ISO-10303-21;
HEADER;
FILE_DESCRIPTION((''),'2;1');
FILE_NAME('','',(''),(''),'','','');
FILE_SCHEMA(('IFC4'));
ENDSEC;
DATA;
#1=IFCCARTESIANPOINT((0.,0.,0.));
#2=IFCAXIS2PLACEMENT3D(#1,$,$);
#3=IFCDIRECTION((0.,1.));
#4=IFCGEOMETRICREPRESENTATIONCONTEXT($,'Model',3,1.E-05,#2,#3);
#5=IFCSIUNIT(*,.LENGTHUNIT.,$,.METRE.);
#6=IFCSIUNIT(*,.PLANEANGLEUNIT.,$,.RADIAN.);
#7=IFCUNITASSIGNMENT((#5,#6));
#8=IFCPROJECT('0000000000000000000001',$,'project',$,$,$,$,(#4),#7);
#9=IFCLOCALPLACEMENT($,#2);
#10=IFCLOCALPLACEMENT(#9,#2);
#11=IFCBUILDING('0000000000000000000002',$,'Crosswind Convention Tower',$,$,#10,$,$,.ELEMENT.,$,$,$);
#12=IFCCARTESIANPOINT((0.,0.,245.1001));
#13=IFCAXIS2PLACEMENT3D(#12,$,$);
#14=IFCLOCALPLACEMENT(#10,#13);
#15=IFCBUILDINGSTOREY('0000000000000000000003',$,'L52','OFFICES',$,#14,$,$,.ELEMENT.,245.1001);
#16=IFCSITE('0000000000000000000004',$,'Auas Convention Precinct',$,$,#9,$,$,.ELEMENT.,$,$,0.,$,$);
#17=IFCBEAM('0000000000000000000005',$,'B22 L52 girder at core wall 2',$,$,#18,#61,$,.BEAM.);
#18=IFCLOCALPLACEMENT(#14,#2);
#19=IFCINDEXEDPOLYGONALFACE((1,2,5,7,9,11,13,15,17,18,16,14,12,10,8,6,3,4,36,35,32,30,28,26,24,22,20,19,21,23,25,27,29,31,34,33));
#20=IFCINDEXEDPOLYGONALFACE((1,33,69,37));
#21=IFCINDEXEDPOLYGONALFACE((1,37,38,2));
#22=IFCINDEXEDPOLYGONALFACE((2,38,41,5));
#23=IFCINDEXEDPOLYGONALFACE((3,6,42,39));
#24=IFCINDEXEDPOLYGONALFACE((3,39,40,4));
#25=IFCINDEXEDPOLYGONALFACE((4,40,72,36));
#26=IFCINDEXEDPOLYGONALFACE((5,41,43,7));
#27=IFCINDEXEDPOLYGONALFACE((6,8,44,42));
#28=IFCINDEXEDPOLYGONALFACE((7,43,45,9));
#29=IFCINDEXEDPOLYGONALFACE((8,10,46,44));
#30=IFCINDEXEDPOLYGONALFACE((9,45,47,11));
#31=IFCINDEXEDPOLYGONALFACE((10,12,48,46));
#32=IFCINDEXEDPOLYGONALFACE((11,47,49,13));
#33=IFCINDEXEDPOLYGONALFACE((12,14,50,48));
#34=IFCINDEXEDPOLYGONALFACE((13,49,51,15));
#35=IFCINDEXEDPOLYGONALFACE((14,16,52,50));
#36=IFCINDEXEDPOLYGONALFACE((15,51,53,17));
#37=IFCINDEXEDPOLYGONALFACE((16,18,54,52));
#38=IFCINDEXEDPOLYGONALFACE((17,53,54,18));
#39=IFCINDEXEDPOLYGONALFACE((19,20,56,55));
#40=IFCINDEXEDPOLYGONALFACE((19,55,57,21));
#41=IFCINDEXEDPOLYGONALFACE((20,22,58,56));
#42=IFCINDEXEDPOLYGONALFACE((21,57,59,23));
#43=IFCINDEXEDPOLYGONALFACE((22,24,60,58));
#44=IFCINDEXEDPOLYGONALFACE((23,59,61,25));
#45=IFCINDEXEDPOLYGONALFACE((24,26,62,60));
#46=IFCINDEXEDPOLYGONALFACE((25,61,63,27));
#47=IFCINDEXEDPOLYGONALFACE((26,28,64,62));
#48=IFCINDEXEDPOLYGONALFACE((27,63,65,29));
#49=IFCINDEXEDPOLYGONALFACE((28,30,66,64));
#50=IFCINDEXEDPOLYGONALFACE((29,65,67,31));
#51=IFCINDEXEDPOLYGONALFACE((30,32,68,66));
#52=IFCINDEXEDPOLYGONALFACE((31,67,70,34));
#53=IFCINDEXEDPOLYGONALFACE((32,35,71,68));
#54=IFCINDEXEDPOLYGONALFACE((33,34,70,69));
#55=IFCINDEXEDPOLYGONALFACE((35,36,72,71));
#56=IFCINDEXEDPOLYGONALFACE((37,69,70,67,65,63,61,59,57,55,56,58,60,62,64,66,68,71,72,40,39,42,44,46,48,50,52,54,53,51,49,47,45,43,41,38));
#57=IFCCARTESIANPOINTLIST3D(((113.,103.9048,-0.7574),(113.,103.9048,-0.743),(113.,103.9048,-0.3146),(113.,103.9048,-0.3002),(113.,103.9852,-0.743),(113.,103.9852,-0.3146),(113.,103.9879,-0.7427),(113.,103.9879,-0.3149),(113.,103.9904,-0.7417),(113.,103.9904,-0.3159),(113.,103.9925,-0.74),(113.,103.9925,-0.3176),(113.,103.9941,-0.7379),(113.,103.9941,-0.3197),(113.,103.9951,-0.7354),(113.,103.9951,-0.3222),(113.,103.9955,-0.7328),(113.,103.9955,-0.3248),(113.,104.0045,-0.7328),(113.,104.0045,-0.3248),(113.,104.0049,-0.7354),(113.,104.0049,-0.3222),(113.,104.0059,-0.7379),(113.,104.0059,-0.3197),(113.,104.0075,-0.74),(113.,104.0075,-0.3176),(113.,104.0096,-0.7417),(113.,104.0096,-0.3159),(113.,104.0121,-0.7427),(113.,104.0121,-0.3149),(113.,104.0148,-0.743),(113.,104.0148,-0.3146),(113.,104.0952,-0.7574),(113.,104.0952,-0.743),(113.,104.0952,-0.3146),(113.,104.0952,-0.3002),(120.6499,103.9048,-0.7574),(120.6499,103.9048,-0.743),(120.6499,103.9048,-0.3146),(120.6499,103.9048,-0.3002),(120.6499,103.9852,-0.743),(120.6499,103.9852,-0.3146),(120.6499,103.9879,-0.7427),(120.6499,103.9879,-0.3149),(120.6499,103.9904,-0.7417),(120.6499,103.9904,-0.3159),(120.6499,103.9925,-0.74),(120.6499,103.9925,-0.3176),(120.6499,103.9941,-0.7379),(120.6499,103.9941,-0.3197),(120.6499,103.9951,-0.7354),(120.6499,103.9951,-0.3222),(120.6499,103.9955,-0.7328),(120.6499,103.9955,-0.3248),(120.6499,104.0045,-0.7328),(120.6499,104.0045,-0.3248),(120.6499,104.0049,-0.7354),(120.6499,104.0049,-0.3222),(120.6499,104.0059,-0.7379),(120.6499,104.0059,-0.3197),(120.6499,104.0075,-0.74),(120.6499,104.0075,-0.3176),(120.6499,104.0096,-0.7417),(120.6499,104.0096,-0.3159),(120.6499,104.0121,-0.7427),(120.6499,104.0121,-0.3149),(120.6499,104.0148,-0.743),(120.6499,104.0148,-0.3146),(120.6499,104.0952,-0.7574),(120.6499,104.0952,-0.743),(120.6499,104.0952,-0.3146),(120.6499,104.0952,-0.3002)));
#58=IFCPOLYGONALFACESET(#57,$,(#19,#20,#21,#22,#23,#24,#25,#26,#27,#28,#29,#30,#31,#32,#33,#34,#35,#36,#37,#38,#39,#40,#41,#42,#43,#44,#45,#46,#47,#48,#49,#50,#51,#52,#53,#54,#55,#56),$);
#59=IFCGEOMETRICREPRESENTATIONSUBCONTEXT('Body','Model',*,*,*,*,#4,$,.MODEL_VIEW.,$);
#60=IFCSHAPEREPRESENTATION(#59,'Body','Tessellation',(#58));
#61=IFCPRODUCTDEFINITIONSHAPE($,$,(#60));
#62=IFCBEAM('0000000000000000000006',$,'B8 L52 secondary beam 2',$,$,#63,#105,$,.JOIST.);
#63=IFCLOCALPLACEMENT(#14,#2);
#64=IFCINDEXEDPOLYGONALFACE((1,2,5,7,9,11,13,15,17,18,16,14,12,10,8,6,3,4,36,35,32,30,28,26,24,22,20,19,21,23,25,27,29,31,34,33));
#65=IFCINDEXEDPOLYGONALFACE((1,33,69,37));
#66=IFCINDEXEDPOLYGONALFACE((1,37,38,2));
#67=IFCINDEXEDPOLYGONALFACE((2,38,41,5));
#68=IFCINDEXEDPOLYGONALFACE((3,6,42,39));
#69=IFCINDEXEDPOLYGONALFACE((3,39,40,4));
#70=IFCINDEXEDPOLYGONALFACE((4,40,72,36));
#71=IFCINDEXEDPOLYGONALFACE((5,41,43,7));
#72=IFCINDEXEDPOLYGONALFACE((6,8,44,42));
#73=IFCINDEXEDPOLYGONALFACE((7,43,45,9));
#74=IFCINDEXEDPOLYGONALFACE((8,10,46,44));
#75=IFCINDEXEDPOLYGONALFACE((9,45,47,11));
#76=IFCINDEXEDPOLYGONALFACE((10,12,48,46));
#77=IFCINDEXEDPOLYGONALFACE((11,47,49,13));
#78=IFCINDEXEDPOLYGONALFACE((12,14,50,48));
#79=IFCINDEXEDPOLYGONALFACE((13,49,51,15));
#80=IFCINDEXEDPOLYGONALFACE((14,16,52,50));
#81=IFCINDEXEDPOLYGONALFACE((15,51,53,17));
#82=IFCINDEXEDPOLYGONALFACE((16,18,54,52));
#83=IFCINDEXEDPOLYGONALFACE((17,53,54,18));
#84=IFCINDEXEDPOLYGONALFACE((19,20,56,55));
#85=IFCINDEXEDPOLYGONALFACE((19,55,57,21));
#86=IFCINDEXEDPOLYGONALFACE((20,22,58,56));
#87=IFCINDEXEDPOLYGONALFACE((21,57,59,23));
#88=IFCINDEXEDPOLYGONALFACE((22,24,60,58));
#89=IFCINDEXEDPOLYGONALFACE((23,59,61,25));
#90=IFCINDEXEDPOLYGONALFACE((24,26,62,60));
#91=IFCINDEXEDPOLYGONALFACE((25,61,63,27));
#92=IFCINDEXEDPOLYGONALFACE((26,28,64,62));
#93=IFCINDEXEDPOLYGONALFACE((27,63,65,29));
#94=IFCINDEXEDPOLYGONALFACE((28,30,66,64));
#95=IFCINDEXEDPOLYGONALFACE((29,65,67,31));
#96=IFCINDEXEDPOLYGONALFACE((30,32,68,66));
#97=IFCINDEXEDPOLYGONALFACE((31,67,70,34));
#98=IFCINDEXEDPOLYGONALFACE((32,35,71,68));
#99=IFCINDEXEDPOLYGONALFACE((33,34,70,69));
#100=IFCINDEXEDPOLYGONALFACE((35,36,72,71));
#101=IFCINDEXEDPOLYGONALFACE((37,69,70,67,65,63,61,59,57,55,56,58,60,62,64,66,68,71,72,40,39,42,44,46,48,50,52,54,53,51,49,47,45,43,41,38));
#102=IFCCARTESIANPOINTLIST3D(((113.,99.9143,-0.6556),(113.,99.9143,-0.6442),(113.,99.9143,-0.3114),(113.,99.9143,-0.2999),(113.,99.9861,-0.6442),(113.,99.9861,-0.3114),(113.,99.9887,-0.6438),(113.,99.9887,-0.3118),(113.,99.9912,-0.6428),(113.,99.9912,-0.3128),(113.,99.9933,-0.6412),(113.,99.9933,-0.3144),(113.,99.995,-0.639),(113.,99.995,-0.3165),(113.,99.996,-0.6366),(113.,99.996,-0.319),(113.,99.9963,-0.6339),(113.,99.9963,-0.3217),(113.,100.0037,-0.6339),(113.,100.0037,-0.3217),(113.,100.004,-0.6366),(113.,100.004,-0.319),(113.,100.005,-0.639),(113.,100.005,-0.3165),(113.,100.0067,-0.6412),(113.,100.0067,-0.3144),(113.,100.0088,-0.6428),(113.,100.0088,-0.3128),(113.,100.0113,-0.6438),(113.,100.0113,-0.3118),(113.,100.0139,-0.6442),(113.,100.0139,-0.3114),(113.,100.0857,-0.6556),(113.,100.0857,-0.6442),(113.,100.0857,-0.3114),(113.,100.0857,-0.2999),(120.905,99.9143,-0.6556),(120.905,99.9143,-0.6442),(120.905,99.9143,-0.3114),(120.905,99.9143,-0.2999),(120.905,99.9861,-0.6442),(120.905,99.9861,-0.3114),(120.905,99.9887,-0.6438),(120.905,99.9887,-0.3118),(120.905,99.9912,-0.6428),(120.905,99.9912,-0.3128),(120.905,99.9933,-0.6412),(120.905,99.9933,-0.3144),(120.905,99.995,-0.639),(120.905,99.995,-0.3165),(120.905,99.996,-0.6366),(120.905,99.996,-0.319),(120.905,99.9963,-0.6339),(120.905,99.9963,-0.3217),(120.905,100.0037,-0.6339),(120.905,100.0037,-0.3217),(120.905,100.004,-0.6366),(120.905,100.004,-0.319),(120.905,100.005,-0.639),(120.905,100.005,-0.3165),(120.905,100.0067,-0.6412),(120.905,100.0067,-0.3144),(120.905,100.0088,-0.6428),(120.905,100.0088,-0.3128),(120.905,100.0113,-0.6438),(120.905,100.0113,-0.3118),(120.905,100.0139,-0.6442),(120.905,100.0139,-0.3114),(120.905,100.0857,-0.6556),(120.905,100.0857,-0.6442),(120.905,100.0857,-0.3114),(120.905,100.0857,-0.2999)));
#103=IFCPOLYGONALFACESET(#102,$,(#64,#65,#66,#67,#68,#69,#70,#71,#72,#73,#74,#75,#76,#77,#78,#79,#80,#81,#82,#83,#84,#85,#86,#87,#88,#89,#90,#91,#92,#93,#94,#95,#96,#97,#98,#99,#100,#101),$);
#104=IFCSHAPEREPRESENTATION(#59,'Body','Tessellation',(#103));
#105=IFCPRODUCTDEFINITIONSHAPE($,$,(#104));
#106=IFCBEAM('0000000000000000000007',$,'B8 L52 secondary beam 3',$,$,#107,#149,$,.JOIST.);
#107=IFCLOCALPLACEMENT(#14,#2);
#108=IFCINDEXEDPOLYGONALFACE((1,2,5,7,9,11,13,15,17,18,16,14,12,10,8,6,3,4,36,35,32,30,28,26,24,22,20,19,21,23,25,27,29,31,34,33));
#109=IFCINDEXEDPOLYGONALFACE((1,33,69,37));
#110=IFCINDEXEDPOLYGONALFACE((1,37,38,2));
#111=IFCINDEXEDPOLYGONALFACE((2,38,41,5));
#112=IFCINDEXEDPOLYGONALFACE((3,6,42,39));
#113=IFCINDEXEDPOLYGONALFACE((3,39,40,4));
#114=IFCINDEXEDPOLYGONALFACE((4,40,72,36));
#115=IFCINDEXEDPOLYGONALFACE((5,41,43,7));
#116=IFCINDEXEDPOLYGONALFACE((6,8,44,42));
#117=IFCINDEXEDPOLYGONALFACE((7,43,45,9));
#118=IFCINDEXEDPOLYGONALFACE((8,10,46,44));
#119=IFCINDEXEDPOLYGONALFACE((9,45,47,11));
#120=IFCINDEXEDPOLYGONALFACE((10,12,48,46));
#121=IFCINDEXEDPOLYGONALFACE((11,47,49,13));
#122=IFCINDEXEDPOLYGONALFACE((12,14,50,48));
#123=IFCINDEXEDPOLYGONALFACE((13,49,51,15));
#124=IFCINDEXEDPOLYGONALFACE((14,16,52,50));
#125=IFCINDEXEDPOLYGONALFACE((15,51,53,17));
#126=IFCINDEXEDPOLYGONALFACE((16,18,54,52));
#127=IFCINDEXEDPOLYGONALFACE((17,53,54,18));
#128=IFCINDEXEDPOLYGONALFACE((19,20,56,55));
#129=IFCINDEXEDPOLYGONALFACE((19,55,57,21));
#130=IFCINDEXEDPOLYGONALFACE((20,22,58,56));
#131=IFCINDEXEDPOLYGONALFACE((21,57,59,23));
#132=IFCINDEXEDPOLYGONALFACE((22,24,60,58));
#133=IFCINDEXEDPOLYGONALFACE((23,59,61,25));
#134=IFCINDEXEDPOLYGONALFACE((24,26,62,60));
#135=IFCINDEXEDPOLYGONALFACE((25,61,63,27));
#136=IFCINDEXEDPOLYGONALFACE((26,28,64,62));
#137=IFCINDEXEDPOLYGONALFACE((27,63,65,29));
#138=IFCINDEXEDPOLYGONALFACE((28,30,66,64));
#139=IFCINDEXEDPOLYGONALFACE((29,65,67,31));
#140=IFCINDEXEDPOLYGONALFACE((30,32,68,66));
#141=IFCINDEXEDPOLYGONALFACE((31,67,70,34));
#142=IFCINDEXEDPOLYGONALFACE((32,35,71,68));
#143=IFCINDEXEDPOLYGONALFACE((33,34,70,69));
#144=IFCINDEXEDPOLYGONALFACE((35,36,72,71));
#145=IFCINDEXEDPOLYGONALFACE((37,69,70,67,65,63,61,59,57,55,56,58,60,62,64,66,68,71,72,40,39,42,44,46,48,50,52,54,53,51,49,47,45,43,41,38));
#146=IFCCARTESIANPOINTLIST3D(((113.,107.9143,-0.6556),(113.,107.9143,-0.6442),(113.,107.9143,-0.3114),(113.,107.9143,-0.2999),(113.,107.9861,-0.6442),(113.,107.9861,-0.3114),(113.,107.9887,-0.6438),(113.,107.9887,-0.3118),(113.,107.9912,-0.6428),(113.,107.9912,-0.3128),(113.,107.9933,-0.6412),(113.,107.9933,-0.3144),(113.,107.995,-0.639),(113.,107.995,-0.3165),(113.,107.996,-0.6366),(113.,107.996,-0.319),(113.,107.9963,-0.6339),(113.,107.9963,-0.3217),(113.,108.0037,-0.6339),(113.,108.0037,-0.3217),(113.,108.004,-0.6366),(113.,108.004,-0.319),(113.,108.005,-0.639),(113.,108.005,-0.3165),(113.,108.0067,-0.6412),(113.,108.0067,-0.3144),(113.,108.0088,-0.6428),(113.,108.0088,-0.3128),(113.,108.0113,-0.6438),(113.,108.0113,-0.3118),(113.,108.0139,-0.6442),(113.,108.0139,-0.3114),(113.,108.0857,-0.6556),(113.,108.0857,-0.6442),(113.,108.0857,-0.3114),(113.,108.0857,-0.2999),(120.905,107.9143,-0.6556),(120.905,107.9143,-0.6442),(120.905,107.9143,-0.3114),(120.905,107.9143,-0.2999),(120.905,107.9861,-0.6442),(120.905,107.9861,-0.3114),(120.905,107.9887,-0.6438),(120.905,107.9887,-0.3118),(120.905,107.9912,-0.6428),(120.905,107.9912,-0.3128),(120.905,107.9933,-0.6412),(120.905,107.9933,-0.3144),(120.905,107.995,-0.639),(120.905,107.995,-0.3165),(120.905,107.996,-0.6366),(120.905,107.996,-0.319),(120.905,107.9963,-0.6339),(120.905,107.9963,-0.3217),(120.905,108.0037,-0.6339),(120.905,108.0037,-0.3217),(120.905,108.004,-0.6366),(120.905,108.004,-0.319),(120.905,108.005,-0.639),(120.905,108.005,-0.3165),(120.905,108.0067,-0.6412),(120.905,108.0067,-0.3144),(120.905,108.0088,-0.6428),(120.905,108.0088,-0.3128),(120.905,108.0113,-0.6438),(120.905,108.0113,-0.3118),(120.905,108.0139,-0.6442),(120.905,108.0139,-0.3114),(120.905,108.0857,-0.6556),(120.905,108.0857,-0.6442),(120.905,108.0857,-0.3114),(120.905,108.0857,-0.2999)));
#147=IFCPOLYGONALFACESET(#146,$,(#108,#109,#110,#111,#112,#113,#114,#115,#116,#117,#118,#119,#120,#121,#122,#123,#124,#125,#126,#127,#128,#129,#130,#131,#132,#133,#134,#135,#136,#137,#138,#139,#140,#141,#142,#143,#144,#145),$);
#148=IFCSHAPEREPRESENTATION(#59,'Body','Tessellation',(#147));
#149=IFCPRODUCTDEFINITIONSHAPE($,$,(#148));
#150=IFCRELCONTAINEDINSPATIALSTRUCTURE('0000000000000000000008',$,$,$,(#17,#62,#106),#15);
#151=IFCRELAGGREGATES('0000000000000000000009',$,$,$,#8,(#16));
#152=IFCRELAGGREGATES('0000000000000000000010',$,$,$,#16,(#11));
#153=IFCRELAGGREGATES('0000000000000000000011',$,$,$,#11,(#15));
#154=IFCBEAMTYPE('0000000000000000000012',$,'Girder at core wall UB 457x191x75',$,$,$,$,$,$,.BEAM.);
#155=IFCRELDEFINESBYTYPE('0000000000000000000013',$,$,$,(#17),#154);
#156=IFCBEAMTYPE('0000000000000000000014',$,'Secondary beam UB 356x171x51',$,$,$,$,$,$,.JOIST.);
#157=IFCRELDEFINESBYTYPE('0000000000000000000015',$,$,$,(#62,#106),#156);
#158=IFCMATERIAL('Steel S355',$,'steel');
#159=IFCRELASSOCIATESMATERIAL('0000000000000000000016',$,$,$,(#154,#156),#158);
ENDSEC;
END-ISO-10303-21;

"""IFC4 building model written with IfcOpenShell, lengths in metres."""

from ifc_helpers import new_model, si_unit, direction, frame, origin, origin_2d, place, context, subcontext, project, spatial, i_section, extrude, material, material_profile, profile_set, type_object, element, save


model = new_model("IFC4")

# Units and contexts
model_context = context("Model", 3, precision=1e-05, world=origin(), true_north=direction((0.0, 1.0)))
body_context = subcontext(model_context, "Body", "Model", "MODEL_VIEW")
ifc_project = project(units=[si_unit("LENGTHUNIT", "METRE"), si_unit("PLANEANGLEUNIT", "RADIAN")], contexts=[model_context])

# Site, building, storey
site_placement = place(None, origin())
site = spatial("IfcSite", under=ifc_project, at=site_placement, Name="Auas Convention Precinct", CompositionType="ELEMENT", RefElevation=0.0)
building_placement = place(site_placement, origin())
building = spatial("IfcBuilding", under=site, at=building_placement, Name="Crosswind Convention Tower", CompositionType="ELEMENT")
storey_placement = place(building_placement, frame((0.0, 0.0, 245.1001)))
storey = spatial("IfcBuildingStorey", under=building, at=storey_placement, Name="L52", Description="OFFICES", CompositionType="ELEMENT", Elevation=245.1001)

# Beams
ifc_material_1 = material(Name="Steel S355", Category="steel")
ifc_material_profile_1 = material_profile(ifc_material_1, i_section(OverallWidth=0.1904, OverallDepth=0.4573, WebThickness=0.009, FlangeThickness=0.0144, FilletRadius=0.0103, at=origin_2d()), Name="UB 457x191x75")
ifc_profile_set_1 = profile_set([ifc_material_profile_1], Name="Steel S355")
beam_type_1 = type_object("IfcBeamType", Name="Girder at core wall UB 457x191x75", PredefinedType="BEAM", material=ifc_profile_set_1)
for number, where, z_axis, x_axis, name in (
    (1, (113.0, 104.0, -0.5288), (1.0, 0.0, 0.0), (0.0, 1.0, 0.0), "B22 L52 girder at core wall 2"),
):
    element("IfcBeam", number, at=place(storey_placement, frame(where, z_axis=z_axis, x_axis=x_axis)), inside=storey, type_object=beam_type_1, Name=name, PredefinedType="BEAM", context=body_context, shape_type="SweptSolid", body=[
        extrude(i_section(OverallWidth=0.1904, OverallDepth=0.4573, WebThickness=0.009, FlangeThickness=0.0144, FilletRadius=0.0103, at=origin_2d()), origin(), (0.0, 0.0, 1.0), 7.6499),
    ])
ifc_material_profile_2 = material_profile(ifc_material_1, i_section(OverallWidth=0.1714, OverallDepth=0.3557, WebThickness=0.0073, FlangeThickness=0.0115, FilletRadius=0.0103, at=origin_2d()), Name="UB 356x171x51")
ifc_profile_set_2 = profile_set([ifc_material_profile_2], Name="Steel S355")
beam_type_2 = type_object("IfcBeamType", Name="Secondary beam UB 356x171x51", PredefinedType="JOIST", material=ifc_profile_set_2)
for number, where, z_axis, x_axis, name in (
    (2, (113.0, 100.0, -0.4778), (1.0, 0.0, 0.0), (0.0, 1.0, 0.0), "B8 L52 secondary beam 2"),
    (3, (113.0, 108.0, -0.4778), (1.0, 0.0, 0.0), (0.0, 1.0, 0.0), "B8 L52 secondary beam 3"),
):
    element("IfcBeam", number, at=place(storey_placement, frame(where, z_axis=z_axis, x_axis=x_axis)), inside=storey, type_object=beam_type_2, Name=name, PredefinedType="JOIST", context=body_context, shape_type="SweptSolid", body=[
        extrude(i_section(OverallWidth=0.1714, OverallDepth=0.3557, WebThickness=0.0073, FlangeThickness=0.0115, FilletRadius=0.0103, at=origin_2d()), origin(), (0.0, 0.0, 1.0), 7.905),
    ])

save(model, "model.ifc")
